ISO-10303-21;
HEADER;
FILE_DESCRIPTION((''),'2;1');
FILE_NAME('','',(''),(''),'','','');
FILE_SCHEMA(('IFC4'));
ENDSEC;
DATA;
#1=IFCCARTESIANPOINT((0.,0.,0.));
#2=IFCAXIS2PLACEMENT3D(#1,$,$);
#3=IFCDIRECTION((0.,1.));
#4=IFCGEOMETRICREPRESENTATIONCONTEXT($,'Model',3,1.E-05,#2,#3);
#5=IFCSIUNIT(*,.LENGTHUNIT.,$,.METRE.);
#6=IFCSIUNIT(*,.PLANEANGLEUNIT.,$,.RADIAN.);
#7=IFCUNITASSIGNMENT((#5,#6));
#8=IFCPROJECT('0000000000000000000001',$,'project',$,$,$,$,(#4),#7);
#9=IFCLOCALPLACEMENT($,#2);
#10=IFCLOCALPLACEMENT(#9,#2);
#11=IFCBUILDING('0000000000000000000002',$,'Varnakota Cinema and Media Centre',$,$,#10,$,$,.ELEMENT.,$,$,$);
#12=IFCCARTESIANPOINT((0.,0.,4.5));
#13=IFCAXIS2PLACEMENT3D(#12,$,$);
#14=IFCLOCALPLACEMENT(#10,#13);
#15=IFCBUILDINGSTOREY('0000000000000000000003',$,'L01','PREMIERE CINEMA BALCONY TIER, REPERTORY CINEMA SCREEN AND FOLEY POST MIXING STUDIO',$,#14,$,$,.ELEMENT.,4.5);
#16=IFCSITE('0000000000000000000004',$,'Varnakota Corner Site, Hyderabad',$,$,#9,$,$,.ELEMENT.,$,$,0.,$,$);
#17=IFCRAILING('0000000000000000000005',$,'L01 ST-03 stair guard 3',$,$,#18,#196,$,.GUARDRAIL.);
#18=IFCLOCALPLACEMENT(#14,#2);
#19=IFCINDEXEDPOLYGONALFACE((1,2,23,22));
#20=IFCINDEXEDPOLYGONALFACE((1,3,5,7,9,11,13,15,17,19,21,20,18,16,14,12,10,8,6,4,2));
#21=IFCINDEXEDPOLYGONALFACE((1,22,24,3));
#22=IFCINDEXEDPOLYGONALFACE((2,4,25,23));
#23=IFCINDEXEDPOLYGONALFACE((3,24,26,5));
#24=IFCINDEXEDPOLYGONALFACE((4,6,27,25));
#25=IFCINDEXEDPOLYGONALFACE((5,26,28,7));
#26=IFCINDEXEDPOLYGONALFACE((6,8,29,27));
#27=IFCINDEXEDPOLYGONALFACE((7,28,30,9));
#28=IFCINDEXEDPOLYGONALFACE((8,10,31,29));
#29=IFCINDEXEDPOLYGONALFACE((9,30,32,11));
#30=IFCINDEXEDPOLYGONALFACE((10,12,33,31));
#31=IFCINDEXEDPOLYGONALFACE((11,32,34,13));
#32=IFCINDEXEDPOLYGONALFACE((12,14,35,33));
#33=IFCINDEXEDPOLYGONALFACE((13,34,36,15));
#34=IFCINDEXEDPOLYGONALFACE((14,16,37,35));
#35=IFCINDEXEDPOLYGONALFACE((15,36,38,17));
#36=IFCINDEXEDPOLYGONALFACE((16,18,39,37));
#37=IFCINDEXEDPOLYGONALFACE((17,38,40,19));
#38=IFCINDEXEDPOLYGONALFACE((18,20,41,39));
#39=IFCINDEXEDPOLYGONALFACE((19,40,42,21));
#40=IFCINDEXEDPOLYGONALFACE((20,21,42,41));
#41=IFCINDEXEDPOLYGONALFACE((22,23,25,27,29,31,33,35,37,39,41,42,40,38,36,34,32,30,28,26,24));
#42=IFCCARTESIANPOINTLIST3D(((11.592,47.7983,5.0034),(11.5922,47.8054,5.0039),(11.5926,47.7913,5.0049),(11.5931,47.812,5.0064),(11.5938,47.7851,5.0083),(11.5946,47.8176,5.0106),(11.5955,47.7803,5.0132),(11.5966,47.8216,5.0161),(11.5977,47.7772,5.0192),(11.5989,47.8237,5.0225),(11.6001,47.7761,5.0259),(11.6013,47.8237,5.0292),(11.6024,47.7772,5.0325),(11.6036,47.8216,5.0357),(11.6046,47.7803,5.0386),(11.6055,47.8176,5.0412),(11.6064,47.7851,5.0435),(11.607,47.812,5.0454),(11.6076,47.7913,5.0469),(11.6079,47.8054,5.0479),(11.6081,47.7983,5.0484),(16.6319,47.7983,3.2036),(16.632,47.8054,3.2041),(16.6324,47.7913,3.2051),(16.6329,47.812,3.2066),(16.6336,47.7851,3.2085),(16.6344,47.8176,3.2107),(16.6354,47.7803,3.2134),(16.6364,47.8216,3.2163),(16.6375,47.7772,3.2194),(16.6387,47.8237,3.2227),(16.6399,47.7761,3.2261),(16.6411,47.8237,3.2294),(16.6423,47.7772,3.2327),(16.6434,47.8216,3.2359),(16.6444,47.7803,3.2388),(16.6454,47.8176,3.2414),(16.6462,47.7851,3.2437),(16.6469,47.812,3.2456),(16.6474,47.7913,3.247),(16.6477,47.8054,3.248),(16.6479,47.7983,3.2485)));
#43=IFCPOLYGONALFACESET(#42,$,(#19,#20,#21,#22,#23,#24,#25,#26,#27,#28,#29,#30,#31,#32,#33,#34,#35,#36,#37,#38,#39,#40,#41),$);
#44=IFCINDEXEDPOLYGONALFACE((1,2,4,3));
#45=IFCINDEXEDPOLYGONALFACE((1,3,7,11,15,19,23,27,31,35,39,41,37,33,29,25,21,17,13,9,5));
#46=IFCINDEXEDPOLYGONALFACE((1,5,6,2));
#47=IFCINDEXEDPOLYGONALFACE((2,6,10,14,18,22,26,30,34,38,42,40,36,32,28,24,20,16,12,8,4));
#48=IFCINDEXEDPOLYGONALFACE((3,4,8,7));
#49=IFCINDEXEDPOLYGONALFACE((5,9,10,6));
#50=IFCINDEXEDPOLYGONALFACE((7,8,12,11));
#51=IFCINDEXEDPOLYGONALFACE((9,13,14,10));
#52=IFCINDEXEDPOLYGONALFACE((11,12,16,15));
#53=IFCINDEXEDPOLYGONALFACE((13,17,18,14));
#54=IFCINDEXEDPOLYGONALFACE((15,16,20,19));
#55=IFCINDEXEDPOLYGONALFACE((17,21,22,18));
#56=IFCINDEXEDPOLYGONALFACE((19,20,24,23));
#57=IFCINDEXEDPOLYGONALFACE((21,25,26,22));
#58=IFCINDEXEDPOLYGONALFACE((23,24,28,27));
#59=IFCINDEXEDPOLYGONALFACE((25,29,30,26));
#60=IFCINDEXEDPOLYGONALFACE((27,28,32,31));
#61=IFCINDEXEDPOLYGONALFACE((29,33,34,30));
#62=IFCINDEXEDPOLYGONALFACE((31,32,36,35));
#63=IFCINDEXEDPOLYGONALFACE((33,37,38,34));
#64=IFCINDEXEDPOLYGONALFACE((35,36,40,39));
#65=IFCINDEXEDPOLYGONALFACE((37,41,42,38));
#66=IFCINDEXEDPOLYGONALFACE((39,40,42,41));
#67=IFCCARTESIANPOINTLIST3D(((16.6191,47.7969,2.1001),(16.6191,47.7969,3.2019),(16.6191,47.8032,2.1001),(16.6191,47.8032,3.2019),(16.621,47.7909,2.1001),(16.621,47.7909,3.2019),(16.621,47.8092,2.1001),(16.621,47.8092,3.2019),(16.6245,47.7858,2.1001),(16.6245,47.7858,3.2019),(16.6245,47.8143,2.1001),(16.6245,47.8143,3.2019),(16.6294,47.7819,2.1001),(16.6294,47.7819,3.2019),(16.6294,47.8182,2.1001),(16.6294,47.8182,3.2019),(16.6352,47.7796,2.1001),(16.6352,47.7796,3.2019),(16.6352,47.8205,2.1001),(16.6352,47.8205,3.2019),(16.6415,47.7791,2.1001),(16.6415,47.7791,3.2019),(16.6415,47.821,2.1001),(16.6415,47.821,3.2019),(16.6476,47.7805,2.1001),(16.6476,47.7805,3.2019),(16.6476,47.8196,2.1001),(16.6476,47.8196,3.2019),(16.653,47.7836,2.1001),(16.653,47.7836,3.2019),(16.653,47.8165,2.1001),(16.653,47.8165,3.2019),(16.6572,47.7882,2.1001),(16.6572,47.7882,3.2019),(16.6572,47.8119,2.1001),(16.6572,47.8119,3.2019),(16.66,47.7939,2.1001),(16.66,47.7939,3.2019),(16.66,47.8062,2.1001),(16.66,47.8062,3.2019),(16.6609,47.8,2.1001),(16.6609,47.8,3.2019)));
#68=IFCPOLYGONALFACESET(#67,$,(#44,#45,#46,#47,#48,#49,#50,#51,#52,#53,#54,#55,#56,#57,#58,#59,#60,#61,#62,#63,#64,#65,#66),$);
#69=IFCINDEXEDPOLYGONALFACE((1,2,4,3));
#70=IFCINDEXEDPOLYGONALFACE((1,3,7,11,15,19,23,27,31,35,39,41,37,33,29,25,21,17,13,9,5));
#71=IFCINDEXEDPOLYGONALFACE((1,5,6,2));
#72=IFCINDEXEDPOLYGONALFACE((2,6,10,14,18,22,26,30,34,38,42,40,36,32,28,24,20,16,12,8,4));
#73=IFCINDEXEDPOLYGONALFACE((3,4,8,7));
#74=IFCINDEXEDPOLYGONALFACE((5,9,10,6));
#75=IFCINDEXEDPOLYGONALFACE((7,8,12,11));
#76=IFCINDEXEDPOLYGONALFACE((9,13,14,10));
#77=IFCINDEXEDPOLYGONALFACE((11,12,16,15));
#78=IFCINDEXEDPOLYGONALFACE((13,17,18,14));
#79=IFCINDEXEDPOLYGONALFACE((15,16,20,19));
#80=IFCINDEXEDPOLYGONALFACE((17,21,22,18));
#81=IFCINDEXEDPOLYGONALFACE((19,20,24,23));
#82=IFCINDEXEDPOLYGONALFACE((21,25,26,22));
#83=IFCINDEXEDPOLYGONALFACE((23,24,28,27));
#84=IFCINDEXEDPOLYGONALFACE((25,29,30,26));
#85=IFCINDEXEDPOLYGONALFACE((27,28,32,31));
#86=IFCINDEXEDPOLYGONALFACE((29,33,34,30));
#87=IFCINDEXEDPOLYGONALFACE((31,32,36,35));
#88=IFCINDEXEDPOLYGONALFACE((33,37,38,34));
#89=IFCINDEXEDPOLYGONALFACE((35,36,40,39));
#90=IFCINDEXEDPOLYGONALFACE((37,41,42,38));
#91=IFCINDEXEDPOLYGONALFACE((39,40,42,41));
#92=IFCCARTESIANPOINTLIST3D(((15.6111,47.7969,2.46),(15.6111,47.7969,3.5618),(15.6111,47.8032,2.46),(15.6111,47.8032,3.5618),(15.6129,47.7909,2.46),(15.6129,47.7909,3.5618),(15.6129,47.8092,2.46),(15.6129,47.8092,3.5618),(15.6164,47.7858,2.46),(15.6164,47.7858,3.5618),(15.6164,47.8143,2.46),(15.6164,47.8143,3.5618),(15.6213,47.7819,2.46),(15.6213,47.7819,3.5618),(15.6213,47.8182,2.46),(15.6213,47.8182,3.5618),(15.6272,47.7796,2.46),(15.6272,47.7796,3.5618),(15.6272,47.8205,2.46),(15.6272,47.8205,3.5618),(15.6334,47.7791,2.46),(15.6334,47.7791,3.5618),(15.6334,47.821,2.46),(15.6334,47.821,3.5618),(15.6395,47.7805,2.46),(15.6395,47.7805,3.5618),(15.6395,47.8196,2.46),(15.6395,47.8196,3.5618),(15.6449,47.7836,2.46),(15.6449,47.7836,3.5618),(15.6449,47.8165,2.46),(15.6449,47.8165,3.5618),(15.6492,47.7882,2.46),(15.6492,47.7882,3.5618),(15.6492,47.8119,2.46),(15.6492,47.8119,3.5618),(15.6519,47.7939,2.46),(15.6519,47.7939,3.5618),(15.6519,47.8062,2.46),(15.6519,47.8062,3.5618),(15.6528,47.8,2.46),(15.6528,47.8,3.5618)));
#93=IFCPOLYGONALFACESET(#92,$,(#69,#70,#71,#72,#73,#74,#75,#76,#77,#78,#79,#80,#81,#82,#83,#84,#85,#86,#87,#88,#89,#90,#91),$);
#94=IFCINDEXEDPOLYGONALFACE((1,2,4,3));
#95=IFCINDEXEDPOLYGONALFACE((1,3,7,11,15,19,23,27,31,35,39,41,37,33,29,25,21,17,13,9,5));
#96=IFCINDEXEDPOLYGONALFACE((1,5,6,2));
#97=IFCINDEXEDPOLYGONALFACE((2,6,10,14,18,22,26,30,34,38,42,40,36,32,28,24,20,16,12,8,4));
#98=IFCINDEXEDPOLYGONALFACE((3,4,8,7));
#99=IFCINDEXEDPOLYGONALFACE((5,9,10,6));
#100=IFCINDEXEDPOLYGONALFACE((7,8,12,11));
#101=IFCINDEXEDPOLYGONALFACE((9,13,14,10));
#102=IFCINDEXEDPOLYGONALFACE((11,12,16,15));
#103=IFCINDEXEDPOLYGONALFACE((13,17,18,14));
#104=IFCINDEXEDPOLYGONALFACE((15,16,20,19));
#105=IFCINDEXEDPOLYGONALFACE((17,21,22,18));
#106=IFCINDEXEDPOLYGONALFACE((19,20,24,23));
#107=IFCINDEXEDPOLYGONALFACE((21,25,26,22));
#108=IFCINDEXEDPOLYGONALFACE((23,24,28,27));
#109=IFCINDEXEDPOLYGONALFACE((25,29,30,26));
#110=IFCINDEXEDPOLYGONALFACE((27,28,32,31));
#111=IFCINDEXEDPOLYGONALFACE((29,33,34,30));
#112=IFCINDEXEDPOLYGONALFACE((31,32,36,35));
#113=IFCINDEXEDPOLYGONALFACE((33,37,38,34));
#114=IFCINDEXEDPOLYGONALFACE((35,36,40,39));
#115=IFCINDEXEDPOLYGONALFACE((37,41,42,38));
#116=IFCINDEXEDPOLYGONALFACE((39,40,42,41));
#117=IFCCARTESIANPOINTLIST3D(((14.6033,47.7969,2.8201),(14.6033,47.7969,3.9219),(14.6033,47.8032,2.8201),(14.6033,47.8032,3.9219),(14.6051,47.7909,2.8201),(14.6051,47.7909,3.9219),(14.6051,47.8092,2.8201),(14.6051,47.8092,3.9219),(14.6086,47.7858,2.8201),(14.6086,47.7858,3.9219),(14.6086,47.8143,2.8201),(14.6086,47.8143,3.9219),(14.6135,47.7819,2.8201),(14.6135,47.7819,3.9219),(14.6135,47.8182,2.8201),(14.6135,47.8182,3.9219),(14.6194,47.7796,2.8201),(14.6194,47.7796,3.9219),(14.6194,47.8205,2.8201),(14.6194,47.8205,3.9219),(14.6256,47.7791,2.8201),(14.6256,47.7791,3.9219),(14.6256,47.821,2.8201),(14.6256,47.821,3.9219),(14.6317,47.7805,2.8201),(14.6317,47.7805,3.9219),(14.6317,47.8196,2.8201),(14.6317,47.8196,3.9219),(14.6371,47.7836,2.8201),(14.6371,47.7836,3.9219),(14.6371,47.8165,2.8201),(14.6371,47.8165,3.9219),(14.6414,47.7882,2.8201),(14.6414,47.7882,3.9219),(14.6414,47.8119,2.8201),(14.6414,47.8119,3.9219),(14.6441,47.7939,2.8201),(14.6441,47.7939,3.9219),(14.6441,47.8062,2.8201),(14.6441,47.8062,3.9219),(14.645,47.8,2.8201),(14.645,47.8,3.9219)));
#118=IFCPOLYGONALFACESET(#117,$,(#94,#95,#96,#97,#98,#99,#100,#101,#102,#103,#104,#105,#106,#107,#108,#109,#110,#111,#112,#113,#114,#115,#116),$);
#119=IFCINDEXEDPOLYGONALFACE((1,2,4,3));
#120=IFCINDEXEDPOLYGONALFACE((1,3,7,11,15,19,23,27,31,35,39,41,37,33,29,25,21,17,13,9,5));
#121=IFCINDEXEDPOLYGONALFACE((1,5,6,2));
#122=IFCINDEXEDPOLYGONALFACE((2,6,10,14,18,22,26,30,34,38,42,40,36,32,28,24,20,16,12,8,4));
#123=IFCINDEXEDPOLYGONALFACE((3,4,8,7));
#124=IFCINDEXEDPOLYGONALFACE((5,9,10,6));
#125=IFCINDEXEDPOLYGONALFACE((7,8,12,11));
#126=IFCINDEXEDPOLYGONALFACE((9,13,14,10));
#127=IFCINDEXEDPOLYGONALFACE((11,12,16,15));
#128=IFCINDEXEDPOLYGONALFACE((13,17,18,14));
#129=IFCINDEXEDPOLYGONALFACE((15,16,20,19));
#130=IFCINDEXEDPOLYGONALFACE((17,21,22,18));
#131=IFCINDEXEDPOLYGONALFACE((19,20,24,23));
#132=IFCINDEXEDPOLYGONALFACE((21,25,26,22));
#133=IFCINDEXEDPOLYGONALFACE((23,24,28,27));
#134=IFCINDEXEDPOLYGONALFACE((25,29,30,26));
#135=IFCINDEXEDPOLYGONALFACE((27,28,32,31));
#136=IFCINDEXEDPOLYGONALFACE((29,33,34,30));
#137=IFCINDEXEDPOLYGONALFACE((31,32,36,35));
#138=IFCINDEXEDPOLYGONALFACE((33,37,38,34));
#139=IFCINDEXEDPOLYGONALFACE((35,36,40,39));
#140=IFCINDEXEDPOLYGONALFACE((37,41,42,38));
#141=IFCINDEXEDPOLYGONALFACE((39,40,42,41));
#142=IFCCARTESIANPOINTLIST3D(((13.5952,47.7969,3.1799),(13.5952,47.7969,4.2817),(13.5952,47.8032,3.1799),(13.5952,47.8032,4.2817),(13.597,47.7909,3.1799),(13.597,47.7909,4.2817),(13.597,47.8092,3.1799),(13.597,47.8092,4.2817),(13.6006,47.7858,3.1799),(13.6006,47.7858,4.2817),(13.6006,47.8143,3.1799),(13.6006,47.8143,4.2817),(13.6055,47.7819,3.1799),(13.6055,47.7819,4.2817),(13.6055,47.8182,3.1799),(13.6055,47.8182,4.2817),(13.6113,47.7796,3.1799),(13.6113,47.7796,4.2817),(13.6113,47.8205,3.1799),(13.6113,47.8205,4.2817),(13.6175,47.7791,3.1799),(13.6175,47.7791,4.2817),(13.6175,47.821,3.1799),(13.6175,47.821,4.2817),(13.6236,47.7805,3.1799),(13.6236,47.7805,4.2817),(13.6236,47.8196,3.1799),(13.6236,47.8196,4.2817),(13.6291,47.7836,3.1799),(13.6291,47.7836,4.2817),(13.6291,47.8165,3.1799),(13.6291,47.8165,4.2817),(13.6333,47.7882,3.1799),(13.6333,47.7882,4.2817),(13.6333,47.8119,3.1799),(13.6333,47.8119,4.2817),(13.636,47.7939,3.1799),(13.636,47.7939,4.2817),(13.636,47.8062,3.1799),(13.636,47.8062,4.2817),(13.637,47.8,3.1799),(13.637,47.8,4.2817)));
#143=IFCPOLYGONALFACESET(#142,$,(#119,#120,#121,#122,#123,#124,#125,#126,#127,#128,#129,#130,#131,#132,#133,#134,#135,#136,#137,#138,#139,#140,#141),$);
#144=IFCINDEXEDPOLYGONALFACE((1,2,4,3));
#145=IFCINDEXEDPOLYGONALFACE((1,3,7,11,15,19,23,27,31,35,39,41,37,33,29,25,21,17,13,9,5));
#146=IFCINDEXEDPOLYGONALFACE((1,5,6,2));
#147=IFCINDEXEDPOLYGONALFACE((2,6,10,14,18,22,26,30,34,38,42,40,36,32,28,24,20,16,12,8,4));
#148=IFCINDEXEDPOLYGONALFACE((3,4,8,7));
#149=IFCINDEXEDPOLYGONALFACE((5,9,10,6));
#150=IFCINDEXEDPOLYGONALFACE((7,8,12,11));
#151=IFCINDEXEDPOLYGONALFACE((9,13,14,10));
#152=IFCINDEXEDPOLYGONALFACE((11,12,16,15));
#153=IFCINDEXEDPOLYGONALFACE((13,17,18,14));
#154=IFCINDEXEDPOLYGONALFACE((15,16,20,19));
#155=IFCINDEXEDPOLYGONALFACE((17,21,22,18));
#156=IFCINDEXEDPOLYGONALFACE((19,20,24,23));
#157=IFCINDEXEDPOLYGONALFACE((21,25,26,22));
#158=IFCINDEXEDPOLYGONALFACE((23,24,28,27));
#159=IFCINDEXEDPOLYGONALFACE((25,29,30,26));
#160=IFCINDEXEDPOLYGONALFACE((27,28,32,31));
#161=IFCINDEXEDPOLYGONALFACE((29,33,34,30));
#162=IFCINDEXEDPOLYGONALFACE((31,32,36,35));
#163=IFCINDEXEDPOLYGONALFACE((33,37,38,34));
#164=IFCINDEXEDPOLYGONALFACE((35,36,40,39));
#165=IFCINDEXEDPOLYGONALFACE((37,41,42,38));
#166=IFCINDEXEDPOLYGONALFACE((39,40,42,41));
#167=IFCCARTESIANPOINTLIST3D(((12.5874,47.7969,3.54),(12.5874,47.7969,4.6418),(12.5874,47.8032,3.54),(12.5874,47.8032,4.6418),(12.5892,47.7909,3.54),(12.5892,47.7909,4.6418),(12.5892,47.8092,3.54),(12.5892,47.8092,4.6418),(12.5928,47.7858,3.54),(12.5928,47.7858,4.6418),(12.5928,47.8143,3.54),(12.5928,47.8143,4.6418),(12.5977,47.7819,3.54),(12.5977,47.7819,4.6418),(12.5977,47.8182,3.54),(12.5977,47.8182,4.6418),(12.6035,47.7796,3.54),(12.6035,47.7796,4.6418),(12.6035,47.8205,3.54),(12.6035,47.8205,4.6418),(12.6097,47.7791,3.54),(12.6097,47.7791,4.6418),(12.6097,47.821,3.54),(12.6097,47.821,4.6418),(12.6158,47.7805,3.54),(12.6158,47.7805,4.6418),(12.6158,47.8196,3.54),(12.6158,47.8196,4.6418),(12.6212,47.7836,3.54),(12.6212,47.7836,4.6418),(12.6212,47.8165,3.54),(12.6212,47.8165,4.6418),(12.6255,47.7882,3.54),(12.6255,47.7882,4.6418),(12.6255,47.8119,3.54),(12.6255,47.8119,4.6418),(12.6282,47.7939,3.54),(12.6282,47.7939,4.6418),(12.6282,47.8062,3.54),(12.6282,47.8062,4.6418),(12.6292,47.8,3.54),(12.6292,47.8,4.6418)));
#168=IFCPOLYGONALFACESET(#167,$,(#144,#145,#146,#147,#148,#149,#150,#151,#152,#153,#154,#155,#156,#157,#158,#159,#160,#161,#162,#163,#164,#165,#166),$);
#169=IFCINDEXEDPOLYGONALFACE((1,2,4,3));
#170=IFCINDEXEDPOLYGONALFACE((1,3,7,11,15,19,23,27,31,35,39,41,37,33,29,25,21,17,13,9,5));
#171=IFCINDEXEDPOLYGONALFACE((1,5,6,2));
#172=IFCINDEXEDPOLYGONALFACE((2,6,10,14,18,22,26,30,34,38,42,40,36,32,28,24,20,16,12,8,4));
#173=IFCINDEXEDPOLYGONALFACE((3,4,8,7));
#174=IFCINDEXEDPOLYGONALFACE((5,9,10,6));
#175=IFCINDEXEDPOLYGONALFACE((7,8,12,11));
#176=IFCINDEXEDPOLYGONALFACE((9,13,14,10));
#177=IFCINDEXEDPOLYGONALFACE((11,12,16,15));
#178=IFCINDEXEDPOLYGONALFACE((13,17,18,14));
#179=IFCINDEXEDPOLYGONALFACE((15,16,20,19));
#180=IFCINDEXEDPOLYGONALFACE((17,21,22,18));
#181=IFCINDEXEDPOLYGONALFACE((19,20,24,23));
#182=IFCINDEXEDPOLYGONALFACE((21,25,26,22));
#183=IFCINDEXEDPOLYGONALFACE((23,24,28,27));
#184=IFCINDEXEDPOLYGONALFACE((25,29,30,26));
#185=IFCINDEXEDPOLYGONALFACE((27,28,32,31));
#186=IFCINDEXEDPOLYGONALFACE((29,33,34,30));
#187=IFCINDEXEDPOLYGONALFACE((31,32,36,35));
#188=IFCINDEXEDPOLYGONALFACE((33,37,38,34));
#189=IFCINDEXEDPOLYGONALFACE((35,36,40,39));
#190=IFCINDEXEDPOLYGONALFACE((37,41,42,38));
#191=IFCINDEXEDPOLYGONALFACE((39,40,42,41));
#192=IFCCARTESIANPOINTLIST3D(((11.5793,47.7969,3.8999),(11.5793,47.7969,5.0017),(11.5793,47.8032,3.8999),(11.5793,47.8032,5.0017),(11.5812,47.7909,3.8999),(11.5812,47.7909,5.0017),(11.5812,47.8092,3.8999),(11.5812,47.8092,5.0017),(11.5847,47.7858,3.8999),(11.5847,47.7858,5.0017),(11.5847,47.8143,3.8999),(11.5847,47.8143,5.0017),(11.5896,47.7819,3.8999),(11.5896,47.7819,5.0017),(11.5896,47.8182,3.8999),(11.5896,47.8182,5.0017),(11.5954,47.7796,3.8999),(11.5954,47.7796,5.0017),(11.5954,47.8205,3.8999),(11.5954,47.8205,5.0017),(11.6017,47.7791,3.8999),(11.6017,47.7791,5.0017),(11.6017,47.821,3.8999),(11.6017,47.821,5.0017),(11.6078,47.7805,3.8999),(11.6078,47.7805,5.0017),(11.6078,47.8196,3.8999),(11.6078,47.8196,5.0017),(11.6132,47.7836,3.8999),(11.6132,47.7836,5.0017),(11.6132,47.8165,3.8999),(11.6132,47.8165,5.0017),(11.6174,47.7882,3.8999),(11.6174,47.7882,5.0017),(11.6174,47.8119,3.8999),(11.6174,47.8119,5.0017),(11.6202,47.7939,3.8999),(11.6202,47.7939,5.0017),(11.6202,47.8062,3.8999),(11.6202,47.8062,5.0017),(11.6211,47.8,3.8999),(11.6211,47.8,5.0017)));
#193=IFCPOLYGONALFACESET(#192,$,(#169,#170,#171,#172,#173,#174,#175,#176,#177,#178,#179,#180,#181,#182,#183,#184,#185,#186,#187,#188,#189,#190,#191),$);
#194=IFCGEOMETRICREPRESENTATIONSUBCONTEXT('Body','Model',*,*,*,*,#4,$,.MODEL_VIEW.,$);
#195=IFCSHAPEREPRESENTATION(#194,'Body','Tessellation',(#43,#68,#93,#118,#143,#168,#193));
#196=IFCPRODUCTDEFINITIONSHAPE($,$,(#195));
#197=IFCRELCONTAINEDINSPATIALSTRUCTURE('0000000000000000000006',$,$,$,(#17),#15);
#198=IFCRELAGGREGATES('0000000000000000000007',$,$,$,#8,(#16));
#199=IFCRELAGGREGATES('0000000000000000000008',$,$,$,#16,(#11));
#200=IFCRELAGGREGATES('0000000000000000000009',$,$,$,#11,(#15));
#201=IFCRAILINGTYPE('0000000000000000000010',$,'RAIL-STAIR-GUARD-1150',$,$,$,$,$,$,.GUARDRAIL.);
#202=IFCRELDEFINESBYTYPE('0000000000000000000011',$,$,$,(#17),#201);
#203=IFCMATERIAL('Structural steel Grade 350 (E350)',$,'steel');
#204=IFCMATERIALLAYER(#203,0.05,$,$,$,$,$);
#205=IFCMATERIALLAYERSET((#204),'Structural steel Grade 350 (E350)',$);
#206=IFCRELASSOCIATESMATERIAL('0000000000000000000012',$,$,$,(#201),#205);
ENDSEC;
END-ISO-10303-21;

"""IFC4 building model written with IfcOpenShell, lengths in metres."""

from ifc_helpers import new_model, si_unit, direction, frame, origin, origin_2d, place, context, subcontext, project, spatial, circle, extrude, material, layer, layer_set, type_object, element, save


model = new_model("IFC4")

# Units and contexts
model_context = context("Model", 3, precision=1e-05, world=origin(), true_north=direction((0.0, 1.0)))
body_context = subcontext(model_context, "Body", "Model", "MODEL_VIEW")
ifc_project = project(units=[si_unit("LENGTHUNIT", "METRE"), si_unit("PLANEANGLEUNIT", "RADIAN")], contexts=[model_context])

# Site, building, storey
site_placement = place(None, origin())
site = spatial("IfcSite", under=ifc_project, at=site_placement, Name="Varnakota Corner Site, Hyderabad", CompositionType="ELEMENT", RefElevation=0.0)
building_placement = place(site_placement, origin())
building = spatial("IfcBuilding", under=site, at=building_placement, Name="Varnakota Cinema and Media Centre", CompositionType="ELEMENT")
storey_placement = place(building_placement, frame((0.0, 0.0, 4.5)))
storey = spatial("IfcBuildingStorey", under=building, at=storey_placement, Name="L01", Description="PREMIERE CINEMA BALCONY TIER, REPERTORY CINEMA SCREEN AND FOLEY POST MIXING STUDIO", CompositionType="ELEMENT", Elevation=4.5)

# Railing
ifc_material_1 = material(Name="Structural steel Grade 350 (E350)", Category="steel")
ifc_layer_1 = layer(ifc_material_1, 0.05)
ifc_layer_set_1 = layer_set([ifc_layer_1], Name="Structural steel Grade 350 (E350)")
railing_type_1 = type_object("IfcRailingType", Name="RAIL-STAIR-GUARD-1150", PredefinedType="GUARDRAIL", material=ifc_layer_set_1)
railing_1_placement = place(storey_placement, frame((16.6399, 47.8, 2.1001)))
element("IfcRailing", 1, at=railing_1_placement, inside=storey, type_object=railing_type_1, Name="L01 ST-03 stair guard 3", PredefinedType="GUARDRAIL", context=body_context, shape_type="SweptSolid", body=[
    extrude(circle(Radius=0.0239, at=origin_2d()), frame((0.0, 0.0, 1.126), z_axis=(-0.941749, 0.0, 0.336316), x_axis=(0.0, -1.0, 0.0)), (0.0, 0.0, 1.0), 5.3516),
    extrude(circle(Radius=0.021, at=origin_2d()), origin(), (0.0, 0.0, 1.0), 1.1018),
    extrude(circle(Radius=0.021, at=origin_2d()), frame((-1.0081, 0.0, 0.3599)), (0.0, 0.0, 1.0), 1.1018),
    extrude(circle(Radius=0.021, at=origin_2d()), frame((-2.0159, 0.0, 0.72)), (0.0, 0.0, 1.0), 1.1018),
    extrude(circle(Radius=0.021, at=origin_2d()), frame((-3.0239, 0.0, 1.0798)), (0.0, 0.0, 1.0), 1.1018),
    extrude(circle(Radius=0.021, at=origin_2d()), frame((-4.0317, 0.0, 1.4399)), (0.0, 0.0, 1.0), 1.1018),
    extrude(circle(Radius=0.021, at=origin_2d()), frame((-5.0398, 0.0, 1.7998)), (0.0, 0.0, 1.0), 1.1018),
])

save(model, "model.ifc")
